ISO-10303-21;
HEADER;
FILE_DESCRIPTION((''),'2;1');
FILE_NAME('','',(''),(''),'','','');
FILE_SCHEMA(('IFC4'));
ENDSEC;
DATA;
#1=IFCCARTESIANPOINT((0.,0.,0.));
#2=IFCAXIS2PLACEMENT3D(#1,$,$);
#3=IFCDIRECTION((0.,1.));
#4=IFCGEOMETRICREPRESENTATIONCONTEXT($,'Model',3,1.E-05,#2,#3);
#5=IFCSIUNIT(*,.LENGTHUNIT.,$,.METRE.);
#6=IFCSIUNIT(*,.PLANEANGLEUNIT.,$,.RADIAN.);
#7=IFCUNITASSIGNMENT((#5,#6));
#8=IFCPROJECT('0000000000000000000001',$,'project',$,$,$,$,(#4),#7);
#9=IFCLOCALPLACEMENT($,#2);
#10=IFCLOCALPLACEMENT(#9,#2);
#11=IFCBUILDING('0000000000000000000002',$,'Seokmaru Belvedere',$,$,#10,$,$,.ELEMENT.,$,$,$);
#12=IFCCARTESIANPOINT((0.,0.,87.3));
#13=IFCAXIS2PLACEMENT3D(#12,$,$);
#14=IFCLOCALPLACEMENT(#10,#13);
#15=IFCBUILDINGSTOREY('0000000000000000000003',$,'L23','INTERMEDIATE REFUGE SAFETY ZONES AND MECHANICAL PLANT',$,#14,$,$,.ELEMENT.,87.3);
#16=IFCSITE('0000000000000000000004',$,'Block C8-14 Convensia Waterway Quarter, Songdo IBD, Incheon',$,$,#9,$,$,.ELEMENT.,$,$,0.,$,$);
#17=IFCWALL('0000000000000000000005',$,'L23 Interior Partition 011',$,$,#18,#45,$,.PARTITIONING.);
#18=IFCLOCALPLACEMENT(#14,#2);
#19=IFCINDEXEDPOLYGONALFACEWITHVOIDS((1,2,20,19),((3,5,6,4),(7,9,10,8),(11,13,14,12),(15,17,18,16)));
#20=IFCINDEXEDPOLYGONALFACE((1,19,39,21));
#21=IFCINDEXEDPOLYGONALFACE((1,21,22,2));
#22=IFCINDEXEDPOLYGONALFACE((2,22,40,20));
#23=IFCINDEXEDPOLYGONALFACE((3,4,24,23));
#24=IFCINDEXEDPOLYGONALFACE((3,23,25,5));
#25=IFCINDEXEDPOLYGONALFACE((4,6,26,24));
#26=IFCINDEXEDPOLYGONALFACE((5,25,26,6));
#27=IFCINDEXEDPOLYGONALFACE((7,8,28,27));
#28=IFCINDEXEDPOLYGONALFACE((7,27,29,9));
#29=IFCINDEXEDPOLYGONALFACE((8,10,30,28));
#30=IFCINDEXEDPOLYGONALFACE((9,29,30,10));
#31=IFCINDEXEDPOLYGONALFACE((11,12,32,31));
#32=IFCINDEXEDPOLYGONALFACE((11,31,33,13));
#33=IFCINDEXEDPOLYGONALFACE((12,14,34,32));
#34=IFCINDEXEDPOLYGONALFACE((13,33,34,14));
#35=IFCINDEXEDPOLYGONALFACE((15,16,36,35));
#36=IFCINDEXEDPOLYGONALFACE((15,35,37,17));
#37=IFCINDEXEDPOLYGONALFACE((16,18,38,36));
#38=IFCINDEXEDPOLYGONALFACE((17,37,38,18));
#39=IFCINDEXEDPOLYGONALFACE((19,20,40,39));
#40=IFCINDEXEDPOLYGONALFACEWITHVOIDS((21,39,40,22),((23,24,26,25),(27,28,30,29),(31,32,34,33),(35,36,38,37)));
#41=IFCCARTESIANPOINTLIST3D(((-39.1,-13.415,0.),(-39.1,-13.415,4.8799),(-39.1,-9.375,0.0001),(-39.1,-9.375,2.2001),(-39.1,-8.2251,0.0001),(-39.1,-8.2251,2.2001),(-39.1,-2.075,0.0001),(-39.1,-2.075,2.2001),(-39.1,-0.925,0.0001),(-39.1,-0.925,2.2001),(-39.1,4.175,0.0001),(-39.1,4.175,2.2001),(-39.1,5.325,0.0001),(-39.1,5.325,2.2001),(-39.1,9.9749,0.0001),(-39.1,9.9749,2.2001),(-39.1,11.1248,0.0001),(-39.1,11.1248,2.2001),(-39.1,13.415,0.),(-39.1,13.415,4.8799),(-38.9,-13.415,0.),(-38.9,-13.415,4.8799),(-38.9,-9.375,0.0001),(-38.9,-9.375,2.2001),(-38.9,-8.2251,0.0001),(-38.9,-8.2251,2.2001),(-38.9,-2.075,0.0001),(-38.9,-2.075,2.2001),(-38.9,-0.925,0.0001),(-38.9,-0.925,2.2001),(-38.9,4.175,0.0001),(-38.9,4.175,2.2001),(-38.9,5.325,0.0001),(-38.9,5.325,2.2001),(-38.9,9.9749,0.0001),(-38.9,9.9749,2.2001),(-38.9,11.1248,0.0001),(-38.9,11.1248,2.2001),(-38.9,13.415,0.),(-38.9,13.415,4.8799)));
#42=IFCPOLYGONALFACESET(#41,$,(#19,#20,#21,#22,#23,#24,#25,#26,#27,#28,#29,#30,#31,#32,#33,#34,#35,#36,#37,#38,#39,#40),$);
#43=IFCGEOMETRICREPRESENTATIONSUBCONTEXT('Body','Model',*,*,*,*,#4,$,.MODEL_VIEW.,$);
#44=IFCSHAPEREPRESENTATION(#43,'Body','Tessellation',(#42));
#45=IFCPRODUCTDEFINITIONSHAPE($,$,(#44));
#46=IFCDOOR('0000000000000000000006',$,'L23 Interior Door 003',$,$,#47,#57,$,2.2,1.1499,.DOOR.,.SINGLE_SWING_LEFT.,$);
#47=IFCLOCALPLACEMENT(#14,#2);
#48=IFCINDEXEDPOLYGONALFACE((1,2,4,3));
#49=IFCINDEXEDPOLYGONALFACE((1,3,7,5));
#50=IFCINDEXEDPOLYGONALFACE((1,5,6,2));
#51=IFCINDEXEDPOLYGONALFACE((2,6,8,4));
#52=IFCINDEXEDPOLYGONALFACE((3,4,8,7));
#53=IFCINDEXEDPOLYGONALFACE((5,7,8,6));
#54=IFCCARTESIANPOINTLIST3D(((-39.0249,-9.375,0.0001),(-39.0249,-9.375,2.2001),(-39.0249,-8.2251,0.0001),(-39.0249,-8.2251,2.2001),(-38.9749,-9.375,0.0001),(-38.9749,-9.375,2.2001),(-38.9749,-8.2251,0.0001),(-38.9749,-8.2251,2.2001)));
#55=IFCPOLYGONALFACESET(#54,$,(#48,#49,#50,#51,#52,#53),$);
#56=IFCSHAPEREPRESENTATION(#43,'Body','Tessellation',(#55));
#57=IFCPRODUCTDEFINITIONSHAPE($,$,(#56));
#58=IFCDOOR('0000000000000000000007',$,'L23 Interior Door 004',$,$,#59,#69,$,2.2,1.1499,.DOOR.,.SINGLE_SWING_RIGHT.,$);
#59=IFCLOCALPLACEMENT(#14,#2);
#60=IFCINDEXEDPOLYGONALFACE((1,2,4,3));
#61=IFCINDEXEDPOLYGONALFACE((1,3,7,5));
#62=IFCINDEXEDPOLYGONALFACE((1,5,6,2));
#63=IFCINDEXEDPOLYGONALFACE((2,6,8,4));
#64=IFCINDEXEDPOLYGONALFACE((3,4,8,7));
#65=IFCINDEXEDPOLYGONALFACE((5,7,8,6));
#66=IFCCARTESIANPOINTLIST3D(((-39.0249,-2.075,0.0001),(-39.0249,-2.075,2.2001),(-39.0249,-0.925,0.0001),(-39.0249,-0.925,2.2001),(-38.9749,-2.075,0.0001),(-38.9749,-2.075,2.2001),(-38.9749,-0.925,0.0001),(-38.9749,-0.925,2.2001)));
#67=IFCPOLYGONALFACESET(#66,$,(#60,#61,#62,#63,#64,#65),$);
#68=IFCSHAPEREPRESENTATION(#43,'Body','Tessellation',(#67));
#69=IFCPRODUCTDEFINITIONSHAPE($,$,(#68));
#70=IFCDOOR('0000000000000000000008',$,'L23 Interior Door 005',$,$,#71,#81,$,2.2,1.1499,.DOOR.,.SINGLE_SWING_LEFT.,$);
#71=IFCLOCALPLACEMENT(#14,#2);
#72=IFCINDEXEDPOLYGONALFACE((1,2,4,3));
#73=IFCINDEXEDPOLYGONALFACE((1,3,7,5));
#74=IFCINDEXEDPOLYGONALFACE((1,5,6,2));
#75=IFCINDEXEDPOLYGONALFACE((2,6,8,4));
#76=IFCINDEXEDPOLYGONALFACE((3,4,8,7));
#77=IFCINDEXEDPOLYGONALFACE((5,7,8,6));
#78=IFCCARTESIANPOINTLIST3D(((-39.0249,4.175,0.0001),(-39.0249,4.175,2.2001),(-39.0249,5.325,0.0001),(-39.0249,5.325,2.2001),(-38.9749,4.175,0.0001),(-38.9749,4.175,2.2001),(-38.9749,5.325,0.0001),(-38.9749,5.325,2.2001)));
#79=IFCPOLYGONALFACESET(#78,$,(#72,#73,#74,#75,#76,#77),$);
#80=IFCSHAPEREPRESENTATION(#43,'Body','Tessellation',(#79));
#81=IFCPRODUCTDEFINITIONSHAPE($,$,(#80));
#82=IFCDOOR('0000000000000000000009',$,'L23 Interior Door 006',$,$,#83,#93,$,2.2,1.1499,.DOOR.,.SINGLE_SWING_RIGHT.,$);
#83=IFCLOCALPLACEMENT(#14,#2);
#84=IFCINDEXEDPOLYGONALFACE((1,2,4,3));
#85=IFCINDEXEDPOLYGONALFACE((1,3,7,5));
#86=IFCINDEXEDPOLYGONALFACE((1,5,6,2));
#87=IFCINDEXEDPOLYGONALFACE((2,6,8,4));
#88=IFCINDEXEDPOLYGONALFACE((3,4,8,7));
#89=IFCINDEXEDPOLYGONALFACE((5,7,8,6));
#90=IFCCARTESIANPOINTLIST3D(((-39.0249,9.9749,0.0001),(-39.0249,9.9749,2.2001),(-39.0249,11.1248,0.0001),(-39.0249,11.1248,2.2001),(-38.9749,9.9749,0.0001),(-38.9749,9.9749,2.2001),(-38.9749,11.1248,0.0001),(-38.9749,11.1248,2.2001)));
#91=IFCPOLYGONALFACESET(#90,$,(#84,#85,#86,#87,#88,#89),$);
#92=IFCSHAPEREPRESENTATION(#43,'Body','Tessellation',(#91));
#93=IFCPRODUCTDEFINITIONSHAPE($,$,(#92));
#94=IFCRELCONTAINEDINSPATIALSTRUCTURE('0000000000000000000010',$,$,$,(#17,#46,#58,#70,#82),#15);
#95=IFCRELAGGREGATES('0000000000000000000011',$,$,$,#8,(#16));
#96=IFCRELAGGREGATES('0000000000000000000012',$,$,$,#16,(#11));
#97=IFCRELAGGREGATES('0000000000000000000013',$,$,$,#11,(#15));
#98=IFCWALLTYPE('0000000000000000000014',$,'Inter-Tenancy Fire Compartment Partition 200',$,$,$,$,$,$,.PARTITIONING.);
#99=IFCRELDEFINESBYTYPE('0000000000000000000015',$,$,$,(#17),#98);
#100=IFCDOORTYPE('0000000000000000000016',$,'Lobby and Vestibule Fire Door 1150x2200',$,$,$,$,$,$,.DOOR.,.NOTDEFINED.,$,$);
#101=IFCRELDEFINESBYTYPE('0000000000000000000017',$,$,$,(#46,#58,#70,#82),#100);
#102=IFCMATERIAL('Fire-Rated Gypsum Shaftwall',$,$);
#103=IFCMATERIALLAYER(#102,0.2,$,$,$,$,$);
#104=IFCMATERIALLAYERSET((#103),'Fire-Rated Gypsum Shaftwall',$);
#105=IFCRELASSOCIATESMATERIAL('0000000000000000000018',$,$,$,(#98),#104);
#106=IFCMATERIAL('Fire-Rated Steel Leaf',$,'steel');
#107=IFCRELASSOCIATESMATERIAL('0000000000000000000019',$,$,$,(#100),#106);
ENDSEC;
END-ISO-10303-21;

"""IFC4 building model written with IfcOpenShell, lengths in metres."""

from ifc_helpers import new_model, si_unit, direction, frame, frame_2d, origin, place, context, subcontext, project, spatial, rectangle, extrude, source, transform, mapped, material, layer, layer_set, type_object, type_shapes, element, fill, save


model = new_model("IFC4")

# Units and contexts
model_context = context("Model", 3, precision=1e-05, world=origin(), true_north=direction((0.0, 1.0)))
body_context = subcontext(model_context, "Body", "Model", "MODEL_VIEW")
ifc_project = project(units=[si_unit("LENGTHUNIT", "METRE"), si_unit("PLANEANGLEUNIT", "RADIAN")], contexts=[model_context])

# Site, building, storey
site_placement = place(None, origin())
site = spatial("IfcSite", under=ifc_project, at=site_placement, Name="Block C8-14 Convensia Waterway Quarter, Songdo IBD, Incheon", CompositionType="ELEMENT", RefElevation=0.0)
building_placement = place(site_placement, origin())
building = spatial("IfcBuilding", under=site, at=building_placement, Name="Seokmaru Belvedere", CompositionType="ELEMENT")
storey_placement = place(building_placement, frame((0.0, 0.0, 87.3)))
storey = spatial("IfcBuildingStorey", under=building, at=storey_placement, Name="L23", Description="INTERMEDIATE REFUGE SAFETY ZONES AND MECHANICAL PLANT", CompositionType="ELEMENT", Elevation=87.3)

# Shared definitions
ifc_material_1 = material(Name="Fire-Rated Gypsum Shaftwall")
ifc_layer = layer(ifc_material_1, 0.2)
ifc_layer_set = layer_set([ifc_layer], Name="Fire-Rated Gypsum Shaftwall")
wall_type = type_object("IfcWallType", Name="Inter-Tenancy Fire Compartment Partition 200", PredefinedType="PARTITIONING", material=ifc_layer_set)
ifc_material_2 = material(Name="Fire-Rated Steel Leaf", Category="steel")
door_type = type_object("IfcDoorType", Name="Lobby and Vestibule Fire Door 1150x2200", OperationType="NOTDEFINED", PredefinedType="DOOR", material=ifc_material_2)
shared_shape_1 = source(origin(), body_context, "Body", "SweptSolid", [
    extrude(rectangle(XDim=1.1499, YDim=2.2, at=frame_2d((0.575, 1.1001))), frame((0.0, 0.0249, 0.0), z_axis=(0.0, -1.0, 0.0), x_axis=(1.0, 0.0, 0.0)), (0.0, 0.0, 1.0), 0.05),
])
type_shapes(door_type, [shared_shape_1])

# Wall, openings, doors
wall_1_placement = place(storey_placement, frame((-39.0, -13.415, 0.0), z_axis=(0.0, 0.0, 1.0), x_axis=(0.0, 1.0, 0.0)))
wall_1 = element("IfcWall", 1, at=wall_1_placement, inside=storey, type_object=wall_type, Name="L23 Interior Partition 011", PredefinedType="PARTITIONING", context=body_context, shape_type="SweptSolid", body=[
    extrude(rectangle(XDim=26.8301, YDim=0.2, at=frame_2d((13.415, 0.0))), origin(), (0.0, 0.0, 1.0), 4.8799),
])
opening_1_placement = place(wall_1_placement, frame((4.04, 0.0, 0.0)))
opening_1 = element("IfcOpeningElement", 2, at=opening_1_placement, cuts=wall_1, PredefinedType="OPENING", context=body_context, shape_type="SweptSolid", body=[
    extrude(rectangle(XDim=1.1499, YDim=2.2, at=frame_2d((0.575, 1.1001))), frame((0.0, 0.1099, 0.0), z_axis=(0.0, -1.0, 0.0), x_axis=(1.0, 0.0, 0.0)), (0.0, 0.0, 1.0), 0.22),
])
opening_2_placement = place(wall_1_placement, frame((11.3401, 0.0, 0.0)))
opening_2 = element("IfcOpeningElement", 3, at=opening_2_placement, cuts=wall_1, PredefinedType="OPENING", context=body_context, shape_type="SweptSolid", body=[
    extrude(rectangle(XDim=1.1499, YDim=2.2, at=frame_2d((0.575, 1.1001))), frame((0.0, 0.1099, 0.0), z_axis=(0.0, -1.0, 0.0), x_axis=(1.0, 0.0, 0.0)), (0.0, 0.0, 1.0), 0.22),
])
opening_3_placement = place(wall_1_placement, frame((17.5901, 0.0, 0.0)))
opening_3 = element("IfcOpeningElement", 4, at=opening_3_placement, cuts=wall_1, PredefinedType="OPENING", context=body_context, shape_type="SweptSolid", body=[
    extrude(rectangle(XDim=1.1499, YDim=2.2, at=frame_2d((0.575, 1.1001))), frame((0.0, 0.1099, 0.0), z_axis=(0.0, -1.0, 0.0), x_axis=(1.0, 0.0, 0.0)), (0.0, 0.0, 1.0), 0.22),
])
opening_4_placement = place(wall_1_placement, frame((23.3899, 0.0, 0.0)))
opening_4 = element("IfcOpeningElement", 5, at=opening_4_placement, cuts=wall_1, PredefinedType="OPENING", context=body_context, shape_type="SweptSolid", body=[
    extrude(rectangle(XDim=1.1499, YDim=2.2, at=frame_2d((0.575, 1.1001))), frame((0.0, 0.1099, 0.0), z_axis=(0.0, -1.0, 0.0), x_axis=(1.0, 0.0, 0.0)), (0.0, 0.0, 1.0), 0.22),
])
door_1_placement = place(opening_1_placement, origin())
door_1 = element("IfcDoor", 6, at=door_1_placement, inside=storey, type_object=door_type, Name="L23 Interior Door 003", OperationType="SINGLE_SWING_LEFT", OverallHeight=2.2, OverallWidth=1.1499, PredefinedType="DOOR", context=body_context, shape_type="MappedRepresentation", body=[
    mapped(shared_shape_1, transform((0.0, 0.0, 0.0), scale=1.0)),
])
fill(opening_1, door_1)
door_2_placement = place(opening_2_placement, origin())
door_2 = element("IfcDoor", 7, at=door_2_placement, inside=storey, type_object=door_type, Name="L23 Interior Door 004", OperationType="SINGLE_SWING_RIGHT", OverallHeight=2.2, OverallWidth=1.1499, PredefinedType="DOOR", context=body_context, shape_type="MappedRepresentation", body=[
    mapped(shared_shape_1, transform((0.0, 0.0, 0.0), scale=1.0)),
])
fill(opening_2, door_2)
door_3_placement = place(opening_3_placement, origin())
door_3 = element("IfcDoor", 8, at=door_3_placement, inside=storey, type_object=door_type, Name="L23 Interior Door 005", OperationType="SINGLE_SWING_LEFT", OverallHeight=2.2, OverallWidth=1.1499, PredefinedType="DOOR", context=body_context, shape_type="MappedRepresentation", body=[
    mapped(shared_shape_1, transform((0.0, 0.0, 0.0), scale=1.0)),
])
fill(opening_3, door_3)
door_4_placement = place(opening_4_placement, origin())
door_4 = element("IfcDoor", 9, at=door_4_placement, inside=storey, type_object=door_type, Name="L23 Interior Door 006", OperationType="SINGLE_SWING_RIGHT", OverallHeight=2.2, OverallWidth=1.1499, PredefinedType="DOOR", context=body_context, shape_type="MappedRepresentation", body=[
    mapped(shared_shape_1, transform((0.0, 0.0, 0.0), scale=1.0)),
])
fill(opening_4, door_4)

save(model, "model.ifc")
